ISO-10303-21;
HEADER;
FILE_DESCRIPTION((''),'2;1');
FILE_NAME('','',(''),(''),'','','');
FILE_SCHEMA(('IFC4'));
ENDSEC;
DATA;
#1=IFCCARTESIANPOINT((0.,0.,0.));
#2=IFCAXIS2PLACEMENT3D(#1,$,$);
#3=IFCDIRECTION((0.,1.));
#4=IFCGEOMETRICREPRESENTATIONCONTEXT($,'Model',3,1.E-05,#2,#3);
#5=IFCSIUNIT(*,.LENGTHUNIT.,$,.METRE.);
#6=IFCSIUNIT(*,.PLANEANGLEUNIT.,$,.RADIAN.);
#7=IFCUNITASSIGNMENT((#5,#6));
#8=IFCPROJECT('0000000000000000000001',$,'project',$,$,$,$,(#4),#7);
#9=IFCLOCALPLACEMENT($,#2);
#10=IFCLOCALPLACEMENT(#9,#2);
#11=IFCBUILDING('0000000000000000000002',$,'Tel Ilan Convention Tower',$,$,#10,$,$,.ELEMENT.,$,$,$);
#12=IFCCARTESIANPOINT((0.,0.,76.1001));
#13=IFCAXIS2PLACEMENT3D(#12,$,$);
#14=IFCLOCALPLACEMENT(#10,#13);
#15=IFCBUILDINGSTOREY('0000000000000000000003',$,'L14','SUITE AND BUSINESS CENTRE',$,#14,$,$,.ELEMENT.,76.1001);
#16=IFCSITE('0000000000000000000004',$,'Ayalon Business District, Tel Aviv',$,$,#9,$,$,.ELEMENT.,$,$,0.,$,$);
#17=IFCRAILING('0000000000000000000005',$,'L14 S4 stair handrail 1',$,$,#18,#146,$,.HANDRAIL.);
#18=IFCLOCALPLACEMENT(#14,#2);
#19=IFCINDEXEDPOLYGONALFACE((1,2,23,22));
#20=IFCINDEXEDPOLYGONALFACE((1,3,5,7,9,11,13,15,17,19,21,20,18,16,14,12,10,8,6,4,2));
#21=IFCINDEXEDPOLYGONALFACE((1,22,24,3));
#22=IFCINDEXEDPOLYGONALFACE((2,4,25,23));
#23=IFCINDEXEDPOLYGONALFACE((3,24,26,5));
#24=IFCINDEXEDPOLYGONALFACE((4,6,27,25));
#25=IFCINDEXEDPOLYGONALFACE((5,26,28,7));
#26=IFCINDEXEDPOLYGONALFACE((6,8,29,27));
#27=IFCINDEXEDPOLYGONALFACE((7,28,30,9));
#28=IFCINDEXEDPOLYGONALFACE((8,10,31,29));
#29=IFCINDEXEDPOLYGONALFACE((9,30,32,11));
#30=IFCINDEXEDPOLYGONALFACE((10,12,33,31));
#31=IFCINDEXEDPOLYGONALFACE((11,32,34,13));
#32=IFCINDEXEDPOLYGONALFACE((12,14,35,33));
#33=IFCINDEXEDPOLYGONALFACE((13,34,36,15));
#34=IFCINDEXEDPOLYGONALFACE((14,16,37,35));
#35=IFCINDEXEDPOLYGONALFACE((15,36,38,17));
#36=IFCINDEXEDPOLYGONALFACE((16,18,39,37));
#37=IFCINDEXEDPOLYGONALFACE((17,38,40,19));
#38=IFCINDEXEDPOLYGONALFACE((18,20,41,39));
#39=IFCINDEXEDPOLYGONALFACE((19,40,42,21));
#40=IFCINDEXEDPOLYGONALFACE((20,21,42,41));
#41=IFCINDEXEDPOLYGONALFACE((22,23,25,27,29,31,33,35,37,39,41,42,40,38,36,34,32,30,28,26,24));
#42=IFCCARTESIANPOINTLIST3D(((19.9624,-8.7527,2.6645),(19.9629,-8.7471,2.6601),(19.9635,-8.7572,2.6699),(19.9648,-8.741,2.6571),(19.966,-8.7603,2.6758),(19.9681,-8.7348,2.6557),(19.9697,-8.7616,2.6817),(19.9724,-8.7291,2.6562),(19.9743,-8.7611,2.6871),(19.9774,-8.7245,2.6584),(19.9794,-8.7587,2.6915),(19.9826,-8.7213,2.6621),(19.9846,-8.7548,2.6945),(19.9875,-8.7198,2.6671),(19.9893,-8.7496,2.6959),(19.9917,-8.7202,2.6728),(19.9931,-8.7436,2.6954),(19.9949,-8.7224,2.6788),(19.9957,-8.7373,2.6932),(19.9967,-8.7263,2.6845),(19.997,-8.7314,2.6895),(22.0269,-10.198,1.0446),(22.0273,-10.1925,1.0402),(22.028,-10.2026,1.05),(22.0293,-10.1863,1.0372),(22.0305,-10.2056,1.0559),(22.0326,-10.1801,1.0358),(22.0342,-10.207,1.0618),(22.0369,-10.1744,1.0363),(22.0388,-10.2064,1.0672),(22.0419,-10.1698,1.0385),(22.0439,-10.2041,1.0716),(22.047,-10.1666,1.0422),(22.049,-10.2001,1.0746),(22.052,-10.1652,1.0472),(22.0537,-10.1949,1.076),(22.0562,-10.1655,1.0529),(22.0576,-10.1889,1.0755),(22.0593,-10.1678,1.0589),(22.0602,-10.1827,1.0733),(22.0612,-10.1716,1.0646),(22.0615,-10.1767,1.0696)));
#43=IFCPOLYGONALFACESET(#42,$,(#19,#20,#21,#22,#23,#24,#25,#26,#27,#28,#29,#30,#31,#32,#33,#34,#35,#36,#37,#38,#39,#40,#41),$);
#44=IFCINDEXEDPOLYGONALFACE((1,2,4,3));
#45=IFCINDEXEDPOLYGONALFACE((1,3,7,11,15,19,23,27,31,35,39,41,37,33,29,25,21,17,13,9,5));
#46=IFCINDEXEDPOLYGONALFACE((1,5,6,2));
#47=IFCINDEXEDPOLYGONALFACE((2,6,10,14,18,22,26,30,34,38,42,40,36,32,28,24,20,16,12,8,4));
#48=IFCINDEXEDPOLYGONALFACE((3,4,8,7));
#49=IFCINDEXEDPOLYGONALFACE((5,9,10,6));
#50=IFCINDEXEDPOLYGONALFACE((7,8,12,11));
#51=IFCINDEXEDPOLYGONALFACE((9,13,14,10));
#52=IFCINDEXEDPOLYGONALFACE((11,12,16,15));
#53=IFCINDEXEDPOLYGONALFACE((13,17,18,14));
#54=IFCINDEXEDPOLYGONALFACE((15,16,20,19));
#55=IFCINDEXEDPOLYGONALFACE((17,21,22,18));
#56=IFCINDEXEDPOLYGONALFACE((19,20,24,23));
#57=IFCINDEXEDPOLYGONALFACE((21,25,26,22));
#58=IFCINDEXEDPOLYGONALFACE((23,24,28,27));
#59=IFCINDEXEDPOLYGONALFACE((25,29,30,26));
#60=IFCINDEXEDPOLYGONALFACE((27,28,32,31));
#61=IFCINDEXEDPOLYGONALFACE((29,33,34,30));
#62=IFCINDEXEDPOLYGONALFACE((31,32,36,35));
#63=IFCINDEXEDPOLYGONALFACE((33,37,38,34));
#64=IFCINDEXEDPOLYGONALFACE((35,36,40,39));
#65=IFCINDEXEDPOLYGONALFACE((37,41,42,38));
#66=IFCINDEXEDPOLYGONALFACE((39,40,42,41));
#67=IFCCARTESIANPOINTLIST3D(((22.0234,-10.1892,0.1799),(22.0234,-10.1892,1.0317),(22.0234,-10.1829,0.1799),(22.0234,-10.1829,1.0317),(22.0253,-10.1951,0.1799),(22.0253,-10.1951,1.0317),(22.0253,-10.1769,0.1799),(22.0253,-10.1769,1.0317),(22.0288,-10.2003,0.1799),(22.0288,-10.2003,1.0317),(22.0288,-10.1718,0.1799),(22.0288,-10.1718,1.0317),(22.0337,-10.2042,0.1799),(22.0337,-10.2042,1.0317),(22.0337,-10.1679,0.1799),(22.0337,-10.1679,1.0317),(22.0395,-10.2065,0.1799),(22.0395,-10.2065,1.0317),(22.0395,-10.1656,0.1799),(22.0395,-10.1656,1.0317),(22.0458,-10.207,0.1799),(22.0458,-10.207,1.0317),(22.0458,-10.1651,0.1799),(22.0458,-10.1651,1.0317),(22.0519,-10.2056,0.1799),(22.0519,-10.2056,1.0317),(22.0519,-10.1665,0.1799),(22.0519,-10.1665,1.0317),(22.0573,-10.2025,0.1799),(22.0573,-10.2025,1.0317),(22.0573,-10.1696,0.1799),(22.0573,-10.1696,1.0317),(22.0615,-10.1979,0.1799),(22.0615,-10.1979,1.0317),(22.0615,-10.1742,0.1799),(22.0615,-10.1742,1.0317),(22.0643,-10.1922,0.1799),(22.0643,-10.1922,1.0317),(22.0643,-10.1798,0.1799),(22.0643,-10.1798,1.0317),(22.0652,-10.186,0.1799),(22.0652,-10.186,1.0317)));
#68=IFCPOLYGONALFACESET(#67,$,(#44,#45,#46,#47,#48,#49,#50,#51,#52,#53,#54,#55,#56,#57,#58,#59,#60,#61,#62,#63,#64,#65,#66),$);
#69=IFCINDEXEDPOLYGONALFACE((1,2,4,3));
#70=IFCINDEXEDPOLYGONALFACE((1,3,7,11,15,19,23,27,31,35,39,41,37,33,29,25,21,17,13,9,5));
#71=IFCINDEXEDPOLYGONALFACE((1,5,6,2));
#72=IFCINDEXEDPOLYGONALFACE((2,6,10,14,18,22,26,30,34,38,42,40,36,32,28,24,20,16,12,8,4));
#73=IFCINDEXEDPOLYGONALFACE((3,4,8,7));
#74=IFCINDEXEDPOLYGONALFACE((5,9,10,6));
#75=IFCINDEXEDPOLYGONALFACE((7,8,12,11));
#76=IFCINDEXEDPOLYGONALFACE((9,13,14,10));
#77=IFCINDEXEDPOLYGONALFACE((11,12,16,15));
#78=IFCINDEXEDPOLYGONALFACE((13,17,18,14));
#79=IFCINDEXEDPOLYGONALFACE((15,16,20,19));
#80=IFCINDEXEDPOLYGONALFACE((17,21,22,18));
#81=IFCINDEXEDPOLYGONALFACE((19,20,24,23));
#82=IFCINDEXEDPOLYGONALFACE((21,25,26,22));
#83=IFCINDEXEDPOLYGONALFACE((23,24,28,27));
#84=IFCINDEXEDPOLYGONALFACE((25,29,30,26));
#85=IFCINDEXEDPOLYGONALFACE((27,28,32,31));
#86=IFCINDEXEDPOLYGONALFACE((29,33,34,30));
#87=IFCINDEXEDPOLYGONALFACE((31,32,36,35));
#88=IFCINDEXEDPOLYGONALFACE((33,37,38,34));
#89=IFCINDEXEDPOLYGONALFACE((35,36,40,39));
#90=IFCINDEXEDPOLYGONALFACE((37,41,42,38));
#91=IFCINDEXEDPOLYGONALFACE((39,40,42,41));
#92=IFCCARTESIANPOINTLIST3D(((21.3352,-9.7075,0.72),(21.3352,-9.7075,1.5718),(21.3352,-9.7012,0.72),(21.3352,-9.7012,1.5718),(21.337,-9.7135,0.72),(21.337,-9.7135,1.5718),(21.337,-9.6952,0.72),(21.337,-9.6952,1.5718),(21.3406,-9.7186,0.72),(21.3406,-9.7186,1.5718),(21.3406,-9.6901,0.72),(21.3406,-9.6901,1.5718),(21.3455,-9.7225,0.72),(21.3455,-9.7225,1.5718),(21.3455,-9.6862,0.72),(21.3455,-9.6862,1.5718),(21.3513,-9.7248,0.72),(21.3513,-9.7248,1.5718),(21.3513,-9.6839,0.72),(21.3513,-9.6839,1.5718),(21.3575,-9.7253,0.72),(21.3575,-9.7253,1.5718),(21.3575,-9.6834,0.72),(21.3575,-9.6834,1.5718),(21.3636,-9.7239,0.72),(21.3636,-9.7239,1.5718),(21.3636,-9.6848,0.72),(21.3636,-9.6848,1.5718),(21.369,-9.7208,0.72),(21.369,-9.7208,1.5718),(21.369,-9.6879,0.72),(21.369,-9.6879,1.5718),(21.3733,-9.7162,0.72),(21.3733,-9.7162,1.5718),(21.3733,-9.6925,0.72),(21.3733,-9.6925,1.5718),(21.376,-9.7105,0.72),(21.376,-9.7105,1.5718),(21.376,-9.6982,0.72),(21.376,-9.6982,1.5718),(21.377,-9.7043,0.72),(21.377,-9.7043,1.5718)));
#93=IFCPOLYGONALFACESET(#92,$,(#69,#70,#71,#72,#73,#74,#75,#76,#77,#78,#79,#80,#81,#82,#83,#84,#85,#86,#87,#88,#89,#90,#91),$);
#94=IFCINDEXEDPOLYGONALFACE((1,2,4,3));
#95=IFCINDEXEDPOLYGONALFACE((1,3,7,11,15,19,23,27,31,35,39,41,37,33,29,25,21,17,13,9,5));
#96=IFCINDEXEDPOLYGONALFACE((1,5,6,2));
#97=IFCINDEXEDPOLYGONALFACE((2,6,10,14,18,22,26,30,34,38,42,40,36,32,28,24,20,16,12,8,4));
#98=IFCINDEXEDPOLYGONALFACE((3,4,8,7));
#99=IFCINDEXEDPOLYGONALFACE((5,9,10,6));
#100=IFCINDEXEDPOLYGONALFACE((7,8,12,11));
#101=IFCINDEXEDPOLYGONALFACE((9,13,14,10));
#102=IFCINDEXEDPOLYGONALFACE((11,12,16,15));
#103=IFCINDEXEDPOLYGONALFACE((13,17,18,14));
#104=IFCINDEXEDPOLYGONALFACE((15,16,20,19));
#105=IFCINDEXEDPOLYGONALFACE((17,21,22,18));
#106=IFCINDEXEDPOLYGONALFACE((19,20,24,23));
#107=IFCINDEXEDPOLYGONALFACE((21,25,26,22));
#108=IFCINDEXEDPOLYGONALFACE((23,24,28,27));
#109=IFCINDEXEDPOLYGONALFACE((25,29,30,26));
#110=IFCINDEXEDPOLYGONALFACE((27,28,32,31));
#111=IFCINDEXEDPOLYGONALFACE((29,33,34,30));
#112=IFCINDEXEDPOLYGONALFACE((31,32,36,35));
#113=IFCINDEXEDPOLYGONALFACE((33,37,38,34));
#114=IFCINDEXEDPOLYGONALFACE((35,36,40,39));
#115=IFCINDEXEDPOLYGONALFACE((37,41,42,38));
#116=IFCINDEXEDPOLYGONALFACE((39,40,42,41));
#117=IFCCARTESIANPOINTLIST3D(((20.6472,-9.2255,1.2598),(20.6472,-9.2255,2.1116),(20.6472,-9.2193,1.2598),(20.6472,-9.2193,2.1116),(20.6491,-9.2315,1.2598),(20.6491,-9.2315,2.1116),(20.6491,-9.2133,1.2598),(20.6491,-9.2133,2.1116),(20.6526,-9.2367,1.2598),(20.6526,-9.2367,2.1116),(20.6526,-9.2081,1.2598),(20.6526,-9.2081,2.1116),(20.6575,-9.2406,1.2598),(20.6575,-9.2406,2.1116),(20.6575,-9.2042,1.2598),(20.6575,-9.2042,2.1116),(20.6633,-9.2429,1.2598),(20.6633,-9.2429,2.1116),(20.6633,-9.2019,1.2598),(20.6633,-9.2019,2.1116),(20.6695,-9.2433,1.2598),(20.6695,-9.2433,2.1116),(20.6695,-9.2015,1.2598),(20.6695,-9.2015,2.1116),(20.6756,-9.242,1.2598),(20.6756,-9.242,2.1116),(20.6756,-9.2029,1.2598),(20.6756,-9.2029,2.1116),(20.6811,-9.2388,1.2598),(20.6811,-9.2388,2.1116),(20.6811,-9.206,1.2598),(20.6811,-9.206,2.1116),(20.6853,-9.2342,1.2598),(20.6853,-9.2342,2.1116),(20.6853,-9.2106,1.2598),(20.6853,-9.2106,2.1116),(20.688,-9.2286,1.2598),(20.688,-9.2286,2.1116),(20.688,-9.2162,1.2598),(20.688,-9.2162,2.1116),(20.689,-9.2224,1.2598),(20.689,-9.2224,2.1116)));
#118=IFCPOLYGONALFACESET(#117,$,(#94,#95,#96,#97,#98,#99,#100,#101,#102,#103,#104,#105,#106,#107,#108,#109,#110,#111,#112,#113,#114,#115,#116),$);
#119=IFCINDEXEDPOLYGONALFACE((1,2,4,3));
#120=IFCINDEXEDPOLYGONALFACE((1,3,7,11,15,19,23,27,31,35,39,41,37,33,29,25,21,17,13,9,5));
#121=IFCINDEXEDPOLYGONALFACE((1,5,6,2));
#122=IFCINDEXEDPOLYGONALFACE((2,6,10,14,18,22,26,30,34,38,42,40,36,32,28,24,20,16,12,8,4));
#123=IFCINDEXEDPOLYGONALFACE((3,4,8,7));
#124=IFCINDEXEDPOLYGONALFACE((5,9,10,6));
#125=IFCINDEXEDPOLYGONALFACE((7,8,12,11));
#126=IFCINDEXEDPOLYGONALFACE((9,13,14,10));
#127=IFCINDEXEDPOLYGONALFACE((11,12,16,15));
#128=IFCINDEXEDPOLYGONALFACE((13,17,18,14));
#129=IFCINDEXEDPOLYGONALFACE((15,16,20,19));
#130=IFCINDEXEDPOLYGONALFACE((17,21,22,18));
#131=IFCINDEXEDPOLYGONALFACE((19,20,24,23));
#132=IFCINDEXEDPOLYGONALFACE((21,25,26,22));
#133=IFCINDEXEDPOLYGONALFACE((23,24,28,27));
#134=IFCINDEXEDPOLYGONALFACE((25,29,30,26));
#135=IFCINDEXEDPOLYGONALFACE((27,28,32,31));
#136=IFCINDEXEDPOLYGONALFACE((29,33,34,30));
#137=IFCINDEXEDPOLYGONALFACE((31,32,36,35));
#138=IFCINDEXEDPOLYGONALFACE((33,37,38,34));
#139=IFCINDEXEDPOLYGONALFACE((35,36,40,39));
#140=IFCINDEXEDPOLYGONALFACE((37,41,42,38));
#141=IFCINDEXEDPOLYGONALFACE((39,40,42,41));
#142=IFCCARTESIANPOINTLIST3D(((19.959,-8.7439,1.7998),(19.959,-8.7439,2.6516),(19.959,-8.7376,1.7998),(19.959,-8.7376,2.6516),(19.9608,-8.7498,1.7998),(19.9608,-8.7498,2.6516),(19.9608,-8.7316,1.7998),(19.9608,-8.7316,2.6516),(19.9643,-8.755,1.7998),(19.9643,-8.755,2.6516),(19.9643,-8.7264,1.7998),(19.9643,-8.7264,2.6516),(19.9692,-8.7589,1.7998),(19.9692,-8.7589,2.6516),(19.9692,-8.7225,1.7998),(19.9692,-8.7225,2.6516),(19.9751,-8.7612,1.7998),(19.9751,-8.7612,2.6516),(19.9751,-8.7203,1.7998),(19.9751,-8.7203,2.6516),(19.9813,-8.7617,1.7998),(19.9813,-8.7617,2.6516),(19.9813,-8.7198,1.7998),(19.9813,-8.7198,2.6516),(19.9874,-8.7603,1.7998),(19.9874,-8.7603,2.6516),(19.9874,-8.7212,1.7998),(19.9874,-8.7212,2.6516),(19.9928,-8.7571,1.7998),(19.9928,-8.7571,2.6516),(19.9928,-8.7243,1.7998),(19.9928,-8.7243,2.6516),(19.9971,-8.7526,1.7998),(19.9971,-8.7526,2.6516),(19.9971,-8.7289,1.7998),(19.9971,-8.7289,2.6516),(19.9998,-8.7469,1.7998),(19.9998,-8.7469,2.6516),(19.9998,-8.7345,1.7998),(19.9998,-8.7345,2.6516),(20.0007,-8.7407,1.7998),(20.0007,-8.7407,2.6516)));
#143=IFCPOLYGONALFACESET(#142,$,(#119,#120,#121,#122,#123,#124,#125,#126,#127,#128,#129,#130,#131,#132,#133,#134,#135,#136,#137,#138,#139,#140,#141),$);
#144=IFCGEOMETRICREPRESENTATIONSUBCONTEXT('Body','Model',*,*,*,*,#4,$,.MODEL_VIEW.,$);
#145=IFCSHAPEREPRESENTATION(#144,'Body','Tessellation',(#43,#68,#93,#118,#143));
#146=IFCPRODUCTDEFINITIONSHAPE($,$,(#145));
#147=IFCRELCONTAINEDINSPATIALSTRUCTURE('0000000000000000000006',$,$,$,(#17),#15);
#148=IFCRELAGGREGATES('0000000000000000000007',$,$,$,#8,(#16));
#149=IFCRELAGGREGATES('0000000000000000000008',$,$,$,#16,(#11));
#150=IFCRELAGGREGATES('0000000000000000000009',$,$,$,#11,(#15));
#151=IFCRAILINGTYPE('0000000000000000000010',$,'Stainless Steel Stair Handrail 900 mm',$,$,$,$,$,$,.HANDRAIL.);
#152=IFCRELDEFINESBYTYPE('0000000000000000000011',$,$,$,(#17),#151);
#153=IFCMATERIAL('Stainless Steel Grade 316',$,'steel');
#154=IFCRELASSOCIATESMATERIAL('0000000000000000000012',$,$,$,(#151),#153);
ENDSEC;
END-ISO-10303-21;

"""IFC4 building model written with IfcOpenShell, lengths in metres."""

from ifc_helpers import new_model, si_unit, direction, frame, origin, origin_2d, place, context, subcontext, project, spatial, circle, extrude, material, type_object, element, save


model = new_model("IFC4")

# Units and contexts
model_context = context("Model", 3, precision=1e-05, world=origin(), true_north=direction((0.0, 1.0)))
body_context = subcontext(model_context, "Body", "Model", "MODEL_VIEW")
ifc_project = project(units=[si_unit("LENGTHUNIT", "METRE"), si_unit("PLANEANGLEUNIT", "RADIAN")], contexts=[model_context])

# Site, building, storey
site_placement = place(None, origin())
site = spatial("IfcSite", under=ifc_project, at=site_placement, Name="Ayalon Business District, Tel Aviv", CompositionType="ELEMENT", RefElevation=0.0)
building_placement = place(site_placement, origin())
building = spatial("IfcBuilding", under=site, at=building_placement, Name="Tel Ilan Convention Tower", CompositionType="ELEMENT")
storey_placement = place(building_placement, frame((0.0, 0.0, 76.1001)))
storey = spatial("IfcBuildingStorey", under=building, at=storey_placement, Name="L14", Description="SUITE AND BUSINESS CENTRE", CompositionType="ELEMENT", Elevation=76.1001)

# Railing
ifc_material_1 = material(Name="Stainless Steel Grade 316", Category="steel")
railing_type_1 = type_object("IfcRailingType", Name="Stainless Steel Stair Handrail 900 mm", PredefinedType="HANDRAIL", material=ifc_material_1)
railing_1_placement = place(storey_placement, frame((22.0442, -10.186, 0.1799)))
element("IfcRailing", 1, at=railing_1_placement, inside=storey, type_object=railing_type_1, Name="L14 S4 stair handrail 1", PredefinedType="HANDRAIL", context=body_context, shape_type="SweptSolid", body=[
    extrude(circle(Radius=0.0239, at=origin_2d()), frame((0.0, 0.0, 0.876), z_axis=(-0.689113, 0.482444, 0.540713), x_axis=(-0.573514, -0.819196, 0.0)), (0.0, 0.0, 1.0), 2.9958),
    extrude(circle(Radius=0.021, at=origin_2d()), origin(), (0.0, 0.0, 1.0), 0.8518),
    extrude(circle(Radius=0.021, at=origin_2d()), frame((-0.6882, 0.4817, 0.54)), (0.0, 0.0, 1.0), 0.8518),
    extrude(circle(Radius=0.021, at=origin_2d()), frame((-1.3762, 0.9636, 1.0798)), (0.0, 0.0, 1.0), 0.8518),
    extrude(circle(Radius=0.021, at=origin_2d()), frame((-2.0645, 1.4453, 1.6199)), (0.0, 0.0, 1.0), 0.8518),
])

save(model, "model.ifc")
